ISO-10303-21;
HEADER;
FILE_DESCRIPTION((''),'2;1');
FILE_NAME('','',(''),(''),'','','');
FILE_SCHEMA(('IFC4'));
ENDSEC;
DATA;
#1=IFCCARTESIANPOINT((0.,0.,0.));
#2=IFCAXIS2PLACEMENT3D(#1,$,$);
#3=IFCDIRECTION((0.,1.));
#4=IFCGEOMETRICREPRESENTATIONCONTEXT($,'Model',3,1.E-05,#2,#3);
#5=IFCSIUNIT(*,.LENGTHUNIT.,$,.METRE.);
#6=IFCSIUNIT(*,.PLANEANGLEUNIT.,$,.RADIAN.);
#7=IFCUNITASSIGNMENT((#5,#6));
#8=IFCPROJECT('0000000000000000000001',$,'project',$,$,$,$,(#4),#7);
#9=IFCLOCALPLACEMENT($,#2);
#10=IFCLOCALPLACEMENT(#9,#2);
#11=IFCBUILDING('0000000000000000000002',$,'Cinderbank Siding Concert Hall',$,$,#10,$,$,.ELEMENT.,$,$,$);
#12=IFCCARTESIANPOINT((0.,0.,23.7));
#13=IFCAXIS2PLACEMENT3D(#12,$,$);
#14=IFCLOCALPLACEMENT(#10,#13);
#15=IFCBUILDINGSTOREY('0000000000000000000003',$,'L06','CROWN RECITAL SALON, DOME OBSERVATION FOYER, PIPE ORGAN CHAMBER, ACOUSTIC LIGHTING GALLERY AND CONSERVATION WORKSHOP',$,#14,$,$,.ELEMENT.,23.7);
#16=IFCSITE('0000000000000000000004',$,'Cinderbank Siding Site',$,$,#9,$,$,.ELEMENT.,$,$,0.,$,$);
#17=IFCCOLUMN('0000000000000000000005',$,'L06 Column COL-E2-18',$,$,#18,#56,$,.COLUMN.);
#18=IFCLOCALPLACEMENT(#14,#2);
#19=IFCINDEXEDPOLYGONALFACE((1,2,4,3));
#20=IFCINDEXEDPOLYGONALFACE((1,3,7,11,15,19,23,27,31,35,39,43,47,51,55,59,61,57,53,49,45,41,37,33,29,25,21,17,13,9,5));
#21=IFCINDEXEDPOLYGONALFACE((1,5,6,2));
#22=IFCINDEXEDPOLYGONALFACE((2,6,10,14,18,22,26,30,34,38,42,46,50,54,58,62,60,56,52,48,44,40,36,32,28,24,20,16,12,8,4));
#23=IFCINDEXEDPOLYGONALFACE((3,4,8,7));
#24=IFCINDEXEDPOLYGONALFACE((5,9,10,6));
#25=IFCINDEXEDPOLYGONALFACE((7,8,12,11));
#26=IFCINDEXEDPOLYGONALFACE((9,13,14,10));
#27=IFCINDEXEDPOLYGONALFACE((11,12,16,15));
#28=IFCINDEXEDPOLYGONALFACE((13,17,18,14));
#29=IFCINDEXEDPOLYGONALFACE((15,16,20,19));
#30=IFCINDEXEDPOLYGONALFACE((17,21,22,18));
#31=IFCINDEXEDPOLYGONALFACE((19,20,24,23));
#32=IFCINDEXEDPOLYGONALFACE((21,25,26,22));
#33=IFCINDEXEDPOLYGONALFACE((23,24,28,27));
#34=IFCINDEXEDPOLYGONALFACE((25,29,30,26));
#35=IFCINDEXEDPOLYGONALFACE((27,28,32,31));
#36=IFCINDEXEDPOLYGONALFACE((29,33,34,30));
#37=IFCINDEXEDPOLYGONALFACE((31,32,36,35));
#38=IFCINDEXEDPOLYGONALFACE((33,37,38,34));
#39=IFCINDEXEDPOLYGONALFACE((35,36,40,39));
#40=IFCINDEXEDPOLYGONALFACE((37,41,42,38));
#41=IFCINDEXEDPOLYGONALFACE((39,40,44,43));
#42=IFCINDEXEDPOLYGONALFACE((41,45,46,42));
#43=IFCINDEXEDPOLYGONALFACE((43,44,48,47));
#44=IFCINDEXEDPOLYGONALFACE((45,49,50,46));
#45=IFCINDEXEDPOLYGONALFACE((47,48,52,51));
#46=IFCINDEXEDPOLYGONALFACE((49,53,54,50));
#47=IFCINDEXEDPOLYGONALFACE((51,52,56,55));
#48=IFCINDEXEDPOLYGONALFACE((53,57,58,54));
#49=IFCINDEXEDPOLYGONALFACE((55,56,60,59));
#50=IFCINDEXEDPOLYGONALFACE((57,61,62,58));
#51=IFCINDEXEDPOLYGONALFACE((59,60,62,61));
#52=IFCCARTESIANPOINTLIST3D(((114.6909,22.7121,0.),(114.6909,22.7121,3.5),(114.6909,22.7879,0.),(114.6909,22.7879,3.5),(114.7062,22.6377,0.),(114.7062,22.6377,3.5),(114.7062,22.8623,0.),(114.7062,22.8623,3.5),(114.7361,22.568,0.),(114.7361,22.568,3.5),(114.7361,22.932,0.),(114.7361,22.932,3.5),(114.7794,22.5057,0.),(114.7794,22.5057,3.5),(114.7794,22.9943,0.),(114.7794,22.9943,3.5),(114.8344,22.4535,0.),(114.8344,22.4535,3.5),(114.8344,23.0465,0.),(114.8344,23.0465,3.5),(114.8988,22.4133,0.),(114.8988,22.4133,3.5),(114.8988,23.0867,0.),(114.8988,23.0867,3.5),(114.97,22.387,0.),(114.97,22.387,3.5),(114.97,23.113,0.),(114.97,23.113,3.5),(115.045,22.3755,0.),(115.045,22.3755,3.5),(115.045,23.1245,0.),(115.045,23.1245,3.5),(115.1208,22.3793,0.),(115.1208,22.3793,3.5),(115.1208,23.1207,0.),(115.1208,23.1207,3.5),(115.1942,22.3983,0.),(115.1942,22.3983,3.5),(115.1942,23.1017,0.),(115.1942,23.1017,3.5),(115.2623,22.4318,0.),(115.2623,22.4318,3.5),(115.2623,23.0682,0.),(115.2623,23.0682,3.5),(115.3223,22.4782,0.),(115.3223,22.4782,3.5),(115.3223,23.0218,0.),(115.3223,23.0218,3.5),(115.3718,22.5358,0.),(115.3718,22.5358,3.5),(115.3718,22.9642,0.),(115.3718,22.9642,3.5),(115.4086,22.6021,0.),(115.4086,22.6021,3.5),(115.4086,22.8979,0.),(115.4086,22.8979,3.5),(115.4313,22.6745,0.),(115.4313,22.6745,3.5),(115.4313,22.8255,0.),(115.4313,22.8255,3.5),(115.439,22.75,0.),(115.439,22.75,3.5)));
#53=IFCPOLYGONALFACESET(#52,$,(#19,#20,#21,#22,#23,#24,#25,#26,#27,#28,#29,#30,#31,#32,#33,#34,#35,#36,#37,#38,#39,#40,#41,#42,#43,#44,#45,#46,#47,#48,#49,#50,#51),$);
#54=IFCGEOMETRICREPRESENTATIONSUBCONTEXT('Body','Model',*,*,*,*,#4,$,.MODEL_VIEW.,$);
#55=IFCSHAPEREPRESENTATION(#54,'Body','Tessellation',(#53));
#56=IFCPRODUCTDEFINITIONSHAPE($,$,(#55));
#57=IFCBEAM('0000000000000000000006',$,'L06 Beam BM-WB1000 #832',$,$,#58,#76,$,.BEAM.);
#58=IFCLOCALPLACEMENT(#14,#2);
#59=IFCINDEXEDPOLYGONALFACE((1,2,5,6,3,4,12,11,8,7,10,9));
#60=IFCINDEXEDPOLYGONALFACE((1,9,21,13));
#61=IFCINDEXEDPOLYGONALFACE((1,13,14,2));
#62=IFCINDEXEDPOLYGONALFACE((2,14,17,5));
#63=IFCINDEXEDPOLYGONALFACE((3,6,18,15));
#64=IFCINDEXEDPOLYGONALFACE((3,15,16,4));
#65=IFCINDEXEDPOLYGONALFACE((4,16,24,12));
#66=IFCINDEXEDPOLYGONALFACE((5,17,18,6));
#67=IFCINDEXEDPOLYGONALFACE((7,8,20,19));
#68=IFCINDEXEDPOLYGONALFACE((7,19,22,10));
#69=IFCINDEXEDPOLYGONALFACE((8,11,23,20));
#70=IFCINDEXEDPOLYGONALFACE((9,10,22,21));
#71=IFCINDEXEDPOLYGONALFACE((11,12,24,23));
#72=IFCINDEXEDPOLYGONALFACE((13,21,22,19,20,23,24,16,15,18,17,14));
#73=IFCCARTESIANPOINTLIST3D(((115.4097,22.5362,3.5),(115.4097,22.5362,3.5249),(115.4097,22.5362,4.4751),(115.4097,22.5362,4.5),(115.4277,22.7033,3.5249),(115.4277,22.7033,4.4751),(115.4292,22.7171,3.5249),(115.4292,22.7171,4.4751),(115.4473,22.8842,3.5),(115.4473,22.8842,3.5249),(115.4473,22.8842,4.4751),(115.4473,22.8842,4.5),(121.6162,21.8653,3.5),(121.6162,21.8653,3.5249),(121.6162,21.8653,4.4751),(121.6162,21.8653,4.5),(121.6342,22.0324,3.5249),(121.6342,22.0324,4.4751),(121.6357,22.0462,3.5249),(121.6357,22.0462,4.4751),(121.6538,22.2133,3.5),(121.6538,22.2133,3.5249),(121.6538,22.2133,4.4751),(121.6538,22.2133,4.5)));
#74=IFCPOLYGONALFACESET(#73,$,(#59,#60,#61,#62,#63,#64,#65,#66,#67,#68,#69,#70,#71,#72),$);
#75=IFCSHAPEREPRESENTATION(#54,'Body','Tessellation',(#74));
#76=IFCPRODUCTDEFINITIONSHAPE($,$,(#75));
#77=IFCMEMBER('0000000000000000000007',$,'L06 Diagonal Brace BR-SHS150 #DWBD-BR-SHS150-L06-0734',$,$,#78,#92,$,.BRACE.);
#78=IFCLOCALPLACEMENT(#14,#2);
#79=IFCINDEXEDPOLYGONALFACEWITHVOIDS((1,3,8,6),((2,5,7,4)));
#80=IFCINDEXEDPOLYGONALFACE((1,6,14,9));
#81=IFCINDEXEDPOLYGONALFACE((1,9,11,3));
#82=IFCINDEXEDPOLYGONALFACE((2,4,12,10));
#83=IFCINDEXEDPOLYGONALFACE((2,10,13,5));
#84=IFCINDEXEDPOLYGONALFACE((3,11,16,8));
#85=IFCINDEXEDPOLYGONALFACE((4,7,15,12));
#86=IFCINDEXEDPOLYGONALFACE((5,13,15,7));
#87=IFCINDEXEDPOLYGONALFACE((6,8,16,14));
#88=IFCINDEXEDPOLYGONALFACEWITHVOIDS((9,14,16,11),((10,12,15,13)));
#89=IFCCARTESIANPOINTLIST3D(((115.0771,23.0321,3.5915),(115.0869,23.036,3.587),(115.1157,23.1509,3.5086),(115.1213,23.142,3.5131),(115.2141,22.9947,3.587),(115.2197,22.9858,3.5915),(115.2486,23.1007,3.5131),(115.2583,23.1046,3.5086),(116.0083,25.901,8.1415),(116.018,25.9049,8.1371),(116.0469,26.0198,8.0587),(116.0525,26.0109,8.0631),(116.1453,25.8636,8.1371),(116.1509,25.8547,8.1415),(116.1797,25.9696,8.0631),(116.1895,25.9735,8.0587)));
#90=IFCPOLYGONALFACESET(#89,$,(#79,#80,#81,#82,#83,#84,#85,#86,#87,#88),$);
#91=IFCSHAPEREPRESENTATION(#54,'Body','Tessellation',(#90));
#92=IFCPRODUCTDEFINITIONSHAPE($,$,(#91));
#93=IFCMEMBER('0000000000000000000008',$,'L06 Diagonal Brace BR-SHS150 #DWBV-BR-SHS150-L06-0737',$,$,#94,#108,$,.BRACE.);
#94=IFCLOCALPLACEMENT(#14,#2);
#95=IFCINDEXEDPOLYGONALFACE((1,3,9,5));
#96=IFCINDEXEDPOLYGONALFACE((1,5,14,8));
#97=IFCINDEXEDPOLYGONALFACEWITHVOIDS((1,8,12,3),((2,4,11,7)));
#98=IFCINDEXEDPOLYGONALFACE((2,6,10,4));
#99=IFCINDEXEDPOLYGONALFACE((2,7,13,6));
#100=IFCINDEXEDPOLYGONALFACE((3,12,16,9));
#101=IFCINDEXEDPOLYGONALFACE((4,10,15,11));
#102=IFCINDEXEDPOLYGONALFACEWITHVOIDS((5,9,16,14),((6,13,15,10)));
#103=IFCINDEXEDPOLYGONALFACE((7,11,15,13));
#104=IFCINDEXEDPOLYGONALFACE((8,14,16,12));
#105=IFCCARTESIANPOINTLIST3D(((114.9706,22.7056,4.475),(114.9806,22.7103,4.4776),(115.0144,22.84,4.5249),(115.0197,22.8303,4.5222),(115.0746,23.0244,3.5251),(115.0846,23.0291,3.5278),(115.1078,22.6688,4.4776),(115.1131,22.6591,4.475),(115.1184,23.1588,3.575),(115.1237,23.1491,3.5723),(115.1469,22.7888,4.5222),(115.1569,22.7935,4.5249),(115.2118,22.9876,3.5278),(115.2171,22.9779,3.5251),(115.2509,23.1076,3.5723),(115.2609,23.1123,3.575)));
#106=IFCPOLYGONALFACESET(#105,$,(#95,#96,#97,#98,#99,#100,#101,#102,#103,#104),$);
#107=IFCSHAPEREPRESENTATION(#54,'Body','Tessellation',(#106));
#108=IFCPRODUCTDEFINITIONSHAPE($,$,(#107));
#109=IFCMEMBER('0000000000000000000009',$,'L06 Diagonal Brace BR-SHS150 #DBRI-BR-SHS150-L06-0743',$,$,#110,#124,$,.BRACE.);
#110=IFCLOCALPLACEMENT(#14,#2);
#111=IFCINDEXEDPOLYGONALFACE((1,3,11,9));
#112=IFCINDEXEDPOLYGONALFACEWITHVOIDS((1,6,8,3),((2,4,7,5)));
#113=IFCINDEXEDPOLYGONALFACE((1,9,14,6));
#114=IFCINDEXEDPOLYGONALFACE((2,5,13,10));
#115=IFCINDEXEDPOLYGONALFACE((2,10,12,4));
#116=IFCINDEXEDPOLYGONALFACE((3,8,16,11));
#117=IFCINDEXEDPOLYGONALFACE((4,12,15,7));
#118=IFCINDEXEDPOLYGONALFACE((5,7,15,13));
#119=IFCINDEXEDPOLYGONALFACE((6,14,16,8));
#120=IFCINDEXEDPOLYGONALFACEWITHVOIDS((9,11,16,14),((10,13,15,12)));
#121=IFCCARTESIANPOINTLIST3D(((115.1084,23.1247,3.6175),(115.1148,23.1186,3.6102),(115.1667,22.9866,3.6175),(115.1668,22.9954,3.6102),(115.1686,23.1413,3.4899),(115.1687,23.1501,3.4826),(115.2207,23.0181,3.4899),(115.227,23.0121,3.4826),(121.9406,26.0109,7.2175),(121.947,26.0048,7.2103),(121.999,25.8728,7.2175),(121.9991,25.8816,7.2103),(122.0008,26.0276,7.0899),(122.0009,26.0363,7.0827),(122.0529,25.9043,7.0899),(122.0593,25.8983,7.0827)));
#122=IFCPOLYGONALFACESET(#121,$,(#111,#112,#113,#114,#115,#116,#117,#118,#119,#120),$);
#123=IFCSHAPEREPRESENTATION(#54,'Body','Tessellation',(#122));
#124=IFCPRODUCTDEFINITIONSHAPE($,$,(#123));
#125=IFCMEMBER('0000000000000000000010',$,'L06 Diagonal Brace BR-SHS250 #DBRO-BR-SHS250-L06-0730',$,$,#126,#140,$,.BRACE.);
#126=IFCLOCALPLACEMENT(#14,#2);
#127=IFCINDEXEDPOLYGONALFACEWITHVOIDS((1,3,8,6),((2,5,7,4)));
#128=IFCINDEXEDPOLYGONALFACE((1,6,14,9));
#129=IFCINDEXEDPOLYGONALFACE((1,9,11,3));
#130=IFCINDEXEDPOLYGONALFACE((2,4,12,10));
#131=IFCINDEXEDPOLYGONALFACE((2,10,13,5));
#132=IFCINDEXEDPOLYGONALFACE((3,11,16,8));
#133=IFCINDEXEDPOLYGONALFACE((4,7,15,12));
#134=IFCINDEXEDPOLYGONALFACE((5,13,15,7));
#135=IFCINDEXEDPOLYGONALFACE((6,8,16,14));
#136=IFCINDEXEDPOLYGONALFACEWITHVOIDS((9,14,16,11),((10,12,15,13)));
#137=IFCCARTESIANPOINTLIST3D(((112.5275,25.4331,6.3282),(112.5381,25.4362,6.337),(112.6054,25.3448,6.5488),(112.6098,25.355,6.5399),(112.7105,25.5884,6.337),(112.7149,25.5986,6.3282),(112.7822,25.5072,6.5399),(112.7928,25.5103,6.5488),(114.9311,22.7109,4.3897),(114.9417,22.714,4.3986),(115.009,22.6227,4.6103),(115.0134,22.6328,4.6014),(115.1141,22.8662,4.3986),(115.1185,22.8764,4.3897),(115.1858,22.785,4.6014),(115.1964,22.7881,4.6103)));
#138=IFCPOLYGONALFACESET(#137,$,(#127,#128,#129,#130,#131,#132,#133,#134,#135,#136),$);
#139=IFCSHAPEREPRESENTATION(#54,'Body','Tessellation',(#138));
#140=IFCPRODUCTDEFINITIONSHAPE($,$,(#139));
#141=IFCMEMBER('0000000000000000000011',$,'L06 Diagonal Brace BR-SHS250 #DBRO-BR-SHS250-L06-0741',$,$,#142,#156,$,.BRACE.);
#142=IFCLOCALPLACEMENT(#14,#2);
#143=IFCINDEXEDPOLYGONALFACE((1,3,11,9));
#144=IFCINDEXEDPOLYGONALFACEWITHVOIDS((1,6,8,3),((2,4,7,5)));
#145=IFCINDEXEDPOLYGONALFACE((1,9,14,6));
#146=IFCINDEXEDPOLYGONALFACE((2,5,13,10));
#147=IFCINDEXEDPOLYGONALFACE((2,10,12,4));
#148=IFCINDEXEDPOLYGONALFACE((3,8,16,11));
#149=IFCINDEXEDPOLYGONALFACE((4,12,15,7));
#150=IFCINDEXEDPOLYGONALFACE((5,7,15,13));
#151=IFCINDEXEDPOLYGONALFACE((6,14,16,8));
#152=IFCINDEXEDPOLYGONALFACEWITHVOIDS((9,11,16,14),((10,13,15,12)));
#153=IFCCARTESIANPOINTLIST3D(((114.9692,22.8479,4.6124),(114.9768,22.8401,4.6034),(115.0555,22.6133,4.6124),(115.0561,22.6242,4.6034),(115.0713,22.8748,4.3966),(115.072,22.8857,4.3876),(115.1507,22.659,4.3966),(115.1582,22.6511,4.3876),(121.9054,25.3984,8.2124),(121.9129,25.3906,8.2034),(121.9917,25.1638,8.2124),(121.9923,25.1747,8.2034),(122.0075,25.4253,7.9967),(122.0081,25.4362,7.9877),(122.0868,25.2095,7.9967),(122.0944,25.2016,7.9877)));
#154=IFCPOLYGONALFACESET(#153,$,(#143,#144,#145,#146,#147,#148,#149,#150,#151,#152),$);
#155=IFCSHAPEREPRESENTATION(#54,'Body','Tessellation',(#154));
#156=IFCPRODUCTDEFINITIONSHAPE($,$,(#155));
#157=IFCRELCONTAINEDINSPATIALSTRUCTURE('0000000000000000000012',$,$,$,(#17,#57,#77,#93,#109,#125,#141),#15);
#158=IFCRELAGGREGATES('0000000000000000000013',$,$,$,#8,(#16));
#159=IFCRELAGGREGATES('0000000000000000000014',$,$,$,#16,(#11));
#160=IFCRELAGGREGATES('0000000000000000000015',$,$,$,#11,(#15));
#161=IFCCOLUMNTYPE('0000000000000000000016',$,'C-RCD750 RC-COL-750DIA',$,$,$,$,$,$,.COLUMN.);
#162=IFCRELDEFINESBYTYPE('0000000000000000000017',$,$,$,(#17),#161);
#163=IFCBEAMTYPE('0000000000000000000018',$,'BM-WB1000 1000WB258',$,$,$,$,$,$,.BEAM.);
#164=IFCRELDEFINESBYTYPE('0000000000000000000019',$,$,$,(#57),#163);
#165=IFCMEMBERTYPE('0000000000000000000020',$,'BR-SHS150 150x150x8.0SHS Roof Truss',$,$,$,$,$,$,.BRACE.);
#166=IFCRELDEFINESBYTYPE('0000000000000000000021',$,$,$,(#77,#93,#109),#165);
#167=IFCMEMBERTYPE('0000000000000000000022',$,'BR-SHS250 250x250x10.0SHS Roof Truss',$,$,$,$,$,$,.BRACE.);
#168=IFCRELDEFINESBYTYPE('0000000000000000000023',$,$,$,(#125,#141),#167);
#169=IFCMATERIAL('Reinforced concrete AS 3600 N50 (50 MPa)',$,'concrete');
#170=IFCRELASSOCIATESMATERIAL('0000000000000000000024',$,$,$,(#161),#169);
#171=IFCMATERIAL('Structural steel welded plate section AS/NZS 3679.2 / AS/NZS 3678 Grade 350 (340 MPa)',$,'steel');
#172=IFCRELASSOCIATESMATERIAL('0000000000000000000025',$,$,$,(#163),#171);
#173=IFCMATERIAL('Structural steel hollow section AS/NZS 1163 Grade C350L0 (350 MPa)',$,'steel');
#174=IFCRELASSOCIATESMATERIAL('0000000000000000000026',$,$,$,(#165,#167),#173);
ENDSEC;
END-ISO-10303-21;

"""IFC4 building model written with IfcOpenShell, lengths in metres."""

from ifc_helpers import new_model, si_unit, direction, frame, origin, origin_2d, place, context, subcontext, project, spatial, hollow_rectangle, circle, i_section, extrude, material, material_profile, profile_set, type_object, element, save


model = new_model("IFC4")

# Units and contexts
model_context = context("Model", 3, precision=1e-05, world=origin(), true_north=direction((0.0, 1.0)))
body_context = subcontext(model_context, "Body", "Model", "MODEL_VIEW")
ifc_project = project(units=[si_unit("LENGTHUNIT", "METRE"), si_unit("PLANEANGLEUNIT", "RADIAN")], contexts=[model_context])

# Site, building, storey
site_placement = place(None, origin())
site = spatial("IfcSite", under=ifc_project, at=site_placement, Name="Cinderbank Siding Site", CompositionType="ELEMENT", RefElevation=0.0)
building_placement = place(site_placement, origin())
building = spatial("IfcBuilding", under=site, at=building_placement, Name="Cinderbank Siding Concert Hall", CompositionType="ELEMENT")
storey_placement = place(building_placement, frame((0.0, 0.0, 23.7)))
storey = spatial("IfcBuildingStorey", under=building, at=storey_placement, Name="L06", Description="CROWN RECITAL SALON, DOME OBSERVATION FOYER, PIPE ORGAN CHAMBER, ACOUSTIC LIGHTING GALLERY AND CONSERVATION WORKSHOP", CompositionType="ELEMENT", Elevation=23.7)

# Column
ifc_material_1 = material(Name="Reinforced concrete AS 3600 N50 (50 MPa)", Category="concrete")
ifc_material_profile_1 = material_profile(ifc_material_1, circle(Radius=0.375, at=origin_2d()), Name="RC-COL-750DIA", Category="LoadBearing")
ifc_profile_set_1 = profile_set([ifc_material_profile_1], Name="Reinforced concrete AS 3600 N50 (50 MPa)")
column_type = type_object("IfcColumnType", Name="C-RCD750 RC-COL-750DIA", PredefinedType="COLUMN", material=ifc_profile_set_1)
column_placement = place(storey_placement, frame((115.064, 22.75, 0.0), z_axis=(0.0, 0.0, 1.0), x_axis=(1.0, 0.0, 0.0)))
element("IfcColumn", 1, at=column_placement, inside=storey, type_object=column_type, Name="L06 Column COL-E2-18", PredefinedType="COLUMN", context=body_context, shape_type="SweptSolid", body=[
    extrude(circle(Radius=0.375, at=origin_2d()), origin(), (0.0, 0.0, 1.0), 3.5),
])

# Beam
ifc_material_2 = material(Name="Structural steel welded plate section AS/NZS 3679.2 / AS/NZS 3678 Grade 350 (340 MPa)", Category="steel")
ifc_material_profile_2 = material_profile(ifc_material_2, i_section(OverallWidth=0.3501, OverallDepth=1.0, WebThickness=0.0139, FlangeThickness=0.0249, at=origin_2d()), Name="1000WB258", Category="LoadBearing")
ifc_profile_set_2 = profile_set([ifc_material_profile_2], Name="Structural steel welded plate section AS/NZS 3679.2 / AS/NZS 3678 Grade 350 (340 MPa)")
beam_type = type_object("IfcBeamType", Name="BM-WB1000 1000WB258", PredefinedType="BEAM", material=ifc_profile_set_2)
beam_placement = place(storey_placement, frame((115.4285, 22.7102, 4.0), z_axis=(0.994208, -0.107469, 0.0), x_axis=(0.107469, 0.994208, 0.0)))
element("IfcBeam", 2, at=beam_placement, inside=storey, type_object=beam_type, Name="L06 Beam BM-WB1000 #832", PredefinedType="BEAM", context=body_context, shape_type="SweptSolid", body=[
    extrude(i_section(OverallWidth=0.3501, OverallDepth=1.0, WebThickness=0.0139, FlangeThickness=0.0249, at=origin_2d()), origin(), (0.0, 0.0, 1.0), 6.2427),
])

# Members
ifc_material_3 = material(Name="Structural steel hollow section AS/NZS 1163 Grade C350L0 (350 MPa)", Category="steel")
ifc_material_profile_3 = material_profile(ifc_material_3, hollow_rectangle(XDim=0.1499, YDim=0.1499, WallThickness=0.0081, at=origin_2d()), Name="150x150x8.0SHS", Category="LoadBearing")
ifc_profile_set_3 = profile_set([ifc_material_profile_3], Name="Structural steel hollow section AS/NZS 1163 Grade C350L0 (350 MPa)")
member_type_1 = type_object("IfcMemberType", Name="BR-SHS150 150x150x8.0SHS Roof Truss", PredefinedType="BRACE", material=ifc_profile_set_3)
member_1_placement = place(storey_placement, frame((115.1677, 23.0684, 3.55), z_axis=(0.170572, 0.525536, 0.833497), x_axis=(-0.951155, 0.308715, 0.0)))
element("IfcMember", 3, at=member_1_placement, inside=storey, type_object=member_type_1, Name="L06 Diagonal Brace BR-SHS150 #DWBD-BR-SHS150-L06-0734", PredefinedType="BRACE", context=body_context, shape_type="SweptSolid", body=[
    extrude(hollow_rectangle(XDim=0.1499, YDim=0.1499, WallThickness=0.0081, at=origin_2d()), origin(), (0.0, 0.0, 1.0), 5.459),
])
member_2_placement = place(storey_placement, frame((115.1677, 23.0684, 3.55), z_axis=(-0.103238, -0.3165, 0.942958), x_axis=(0.950702, -0.310106, 0.0)))
element("IfcMember", 4, at=member_2_placement, inside=storey, type_object=member_type_1, Name="L06 Diagonal Brace BR-SHS150 #DWBV-BR-SHS150-L06-0737", PredefinedType="BRACE", context=body_context, shape_type="SweptSolid", body=[
    extrude(hollow_rectangle(XDim=0.1499, YDim=0.1499, WallThickness=0.0081, at=origin_2d()), origin(), (0.0, 0.0, 1.0), 1.0073),
])
member_3_placement = place(storey_placement, frame((115.1677, 23.0684, 3.55), z_axis=(0.828712, 0.350081, 0.436669), x_axis=(-0.389143, 0.921177, 0.0)))
element("IfcMember", 5, at=member_3_placement, inside=storey, type_object=member_type_1, Name="L06 Diagonal Brace BR-SHS150 #DBRI-BR-SHS150-L06-0743", PredefinedType="BRACE", context=body_context, shape_type="SweptSolid", body=[
    extrude(hollow_rectangle(XDim=0.1499, YDim=0.1499, WallThickness=0.0081, at=origin_2d()), origin(), (0.0, 0.0, 1.0), 8.2444),
])
ifc_material_profile_4 = material_profile(ifc_material_3, hollow_rectangle(XDim=0.25, YDim=0.25, WallThickness=0.01, at=origin_2d()), Name="250x250x10.0SHS", Category="LoadBearing")
ifc_profile_set_4 = profile_set([ifc_material_profile_4], Name="Structural steel hollow section AS/NZS 1163 Grade C350L0 (350 MPa)")
member_type_2 = type_object("IfcMemberType", Name="BR-SHS250 250x250x10.0SHS Roof Truss", PredefinedType="BRACE", material=ifc_profile_set_4)
member_4_placement = place(storey_placement, frame((115.0637, 22.7495, 4.5), z_axis=(-0.583895, 0.661293, 0.470912), x_axis=(-0.749612, -0.661877, 0.0)))
element("IfcMember", 6, at=member_4_placement, inside=storey, type_object=member_type_2, Name="L06 Diagonal Brace BR-SHS250 #DBRO-BR-SHS250-L06-0730", PredefinedType="BRACE", context=body_context, shape_type="SweptSolid", body=[
    extrude(hollow_rectangle(XDim=0.25, YDim=0.25, WallThickness=0.01, at=origin_2d()), origin(), (0.0, 0.0, 1.0), 4.1165),
])
member_5_placement = place(storey_placement, frame((115.0637, 22.7495, 4.5), z_axis=(0.84377, 0.310262, 0.437937), x_axis=(-0.345117, 0.93856, 0.0)))
element("IfcMember", 7, at=member_5_placement, inside=storey, type_object=member_type_2, Name="L06 Diagonal Brace BR-SHS250 #DBRO-BR-SHS250-L06-0741", PredefinedType="BRACE", context=body_context, shape_type="SweptSolid", body=[
    extrude(hollow_rectangle(XDim=0.25, YDim=0.25, WallThickness=0.01, at=origin_2d()), origin(), (0.0, 0.0, 1.0), 8.2205),
])

save(model, "model.ifc")
